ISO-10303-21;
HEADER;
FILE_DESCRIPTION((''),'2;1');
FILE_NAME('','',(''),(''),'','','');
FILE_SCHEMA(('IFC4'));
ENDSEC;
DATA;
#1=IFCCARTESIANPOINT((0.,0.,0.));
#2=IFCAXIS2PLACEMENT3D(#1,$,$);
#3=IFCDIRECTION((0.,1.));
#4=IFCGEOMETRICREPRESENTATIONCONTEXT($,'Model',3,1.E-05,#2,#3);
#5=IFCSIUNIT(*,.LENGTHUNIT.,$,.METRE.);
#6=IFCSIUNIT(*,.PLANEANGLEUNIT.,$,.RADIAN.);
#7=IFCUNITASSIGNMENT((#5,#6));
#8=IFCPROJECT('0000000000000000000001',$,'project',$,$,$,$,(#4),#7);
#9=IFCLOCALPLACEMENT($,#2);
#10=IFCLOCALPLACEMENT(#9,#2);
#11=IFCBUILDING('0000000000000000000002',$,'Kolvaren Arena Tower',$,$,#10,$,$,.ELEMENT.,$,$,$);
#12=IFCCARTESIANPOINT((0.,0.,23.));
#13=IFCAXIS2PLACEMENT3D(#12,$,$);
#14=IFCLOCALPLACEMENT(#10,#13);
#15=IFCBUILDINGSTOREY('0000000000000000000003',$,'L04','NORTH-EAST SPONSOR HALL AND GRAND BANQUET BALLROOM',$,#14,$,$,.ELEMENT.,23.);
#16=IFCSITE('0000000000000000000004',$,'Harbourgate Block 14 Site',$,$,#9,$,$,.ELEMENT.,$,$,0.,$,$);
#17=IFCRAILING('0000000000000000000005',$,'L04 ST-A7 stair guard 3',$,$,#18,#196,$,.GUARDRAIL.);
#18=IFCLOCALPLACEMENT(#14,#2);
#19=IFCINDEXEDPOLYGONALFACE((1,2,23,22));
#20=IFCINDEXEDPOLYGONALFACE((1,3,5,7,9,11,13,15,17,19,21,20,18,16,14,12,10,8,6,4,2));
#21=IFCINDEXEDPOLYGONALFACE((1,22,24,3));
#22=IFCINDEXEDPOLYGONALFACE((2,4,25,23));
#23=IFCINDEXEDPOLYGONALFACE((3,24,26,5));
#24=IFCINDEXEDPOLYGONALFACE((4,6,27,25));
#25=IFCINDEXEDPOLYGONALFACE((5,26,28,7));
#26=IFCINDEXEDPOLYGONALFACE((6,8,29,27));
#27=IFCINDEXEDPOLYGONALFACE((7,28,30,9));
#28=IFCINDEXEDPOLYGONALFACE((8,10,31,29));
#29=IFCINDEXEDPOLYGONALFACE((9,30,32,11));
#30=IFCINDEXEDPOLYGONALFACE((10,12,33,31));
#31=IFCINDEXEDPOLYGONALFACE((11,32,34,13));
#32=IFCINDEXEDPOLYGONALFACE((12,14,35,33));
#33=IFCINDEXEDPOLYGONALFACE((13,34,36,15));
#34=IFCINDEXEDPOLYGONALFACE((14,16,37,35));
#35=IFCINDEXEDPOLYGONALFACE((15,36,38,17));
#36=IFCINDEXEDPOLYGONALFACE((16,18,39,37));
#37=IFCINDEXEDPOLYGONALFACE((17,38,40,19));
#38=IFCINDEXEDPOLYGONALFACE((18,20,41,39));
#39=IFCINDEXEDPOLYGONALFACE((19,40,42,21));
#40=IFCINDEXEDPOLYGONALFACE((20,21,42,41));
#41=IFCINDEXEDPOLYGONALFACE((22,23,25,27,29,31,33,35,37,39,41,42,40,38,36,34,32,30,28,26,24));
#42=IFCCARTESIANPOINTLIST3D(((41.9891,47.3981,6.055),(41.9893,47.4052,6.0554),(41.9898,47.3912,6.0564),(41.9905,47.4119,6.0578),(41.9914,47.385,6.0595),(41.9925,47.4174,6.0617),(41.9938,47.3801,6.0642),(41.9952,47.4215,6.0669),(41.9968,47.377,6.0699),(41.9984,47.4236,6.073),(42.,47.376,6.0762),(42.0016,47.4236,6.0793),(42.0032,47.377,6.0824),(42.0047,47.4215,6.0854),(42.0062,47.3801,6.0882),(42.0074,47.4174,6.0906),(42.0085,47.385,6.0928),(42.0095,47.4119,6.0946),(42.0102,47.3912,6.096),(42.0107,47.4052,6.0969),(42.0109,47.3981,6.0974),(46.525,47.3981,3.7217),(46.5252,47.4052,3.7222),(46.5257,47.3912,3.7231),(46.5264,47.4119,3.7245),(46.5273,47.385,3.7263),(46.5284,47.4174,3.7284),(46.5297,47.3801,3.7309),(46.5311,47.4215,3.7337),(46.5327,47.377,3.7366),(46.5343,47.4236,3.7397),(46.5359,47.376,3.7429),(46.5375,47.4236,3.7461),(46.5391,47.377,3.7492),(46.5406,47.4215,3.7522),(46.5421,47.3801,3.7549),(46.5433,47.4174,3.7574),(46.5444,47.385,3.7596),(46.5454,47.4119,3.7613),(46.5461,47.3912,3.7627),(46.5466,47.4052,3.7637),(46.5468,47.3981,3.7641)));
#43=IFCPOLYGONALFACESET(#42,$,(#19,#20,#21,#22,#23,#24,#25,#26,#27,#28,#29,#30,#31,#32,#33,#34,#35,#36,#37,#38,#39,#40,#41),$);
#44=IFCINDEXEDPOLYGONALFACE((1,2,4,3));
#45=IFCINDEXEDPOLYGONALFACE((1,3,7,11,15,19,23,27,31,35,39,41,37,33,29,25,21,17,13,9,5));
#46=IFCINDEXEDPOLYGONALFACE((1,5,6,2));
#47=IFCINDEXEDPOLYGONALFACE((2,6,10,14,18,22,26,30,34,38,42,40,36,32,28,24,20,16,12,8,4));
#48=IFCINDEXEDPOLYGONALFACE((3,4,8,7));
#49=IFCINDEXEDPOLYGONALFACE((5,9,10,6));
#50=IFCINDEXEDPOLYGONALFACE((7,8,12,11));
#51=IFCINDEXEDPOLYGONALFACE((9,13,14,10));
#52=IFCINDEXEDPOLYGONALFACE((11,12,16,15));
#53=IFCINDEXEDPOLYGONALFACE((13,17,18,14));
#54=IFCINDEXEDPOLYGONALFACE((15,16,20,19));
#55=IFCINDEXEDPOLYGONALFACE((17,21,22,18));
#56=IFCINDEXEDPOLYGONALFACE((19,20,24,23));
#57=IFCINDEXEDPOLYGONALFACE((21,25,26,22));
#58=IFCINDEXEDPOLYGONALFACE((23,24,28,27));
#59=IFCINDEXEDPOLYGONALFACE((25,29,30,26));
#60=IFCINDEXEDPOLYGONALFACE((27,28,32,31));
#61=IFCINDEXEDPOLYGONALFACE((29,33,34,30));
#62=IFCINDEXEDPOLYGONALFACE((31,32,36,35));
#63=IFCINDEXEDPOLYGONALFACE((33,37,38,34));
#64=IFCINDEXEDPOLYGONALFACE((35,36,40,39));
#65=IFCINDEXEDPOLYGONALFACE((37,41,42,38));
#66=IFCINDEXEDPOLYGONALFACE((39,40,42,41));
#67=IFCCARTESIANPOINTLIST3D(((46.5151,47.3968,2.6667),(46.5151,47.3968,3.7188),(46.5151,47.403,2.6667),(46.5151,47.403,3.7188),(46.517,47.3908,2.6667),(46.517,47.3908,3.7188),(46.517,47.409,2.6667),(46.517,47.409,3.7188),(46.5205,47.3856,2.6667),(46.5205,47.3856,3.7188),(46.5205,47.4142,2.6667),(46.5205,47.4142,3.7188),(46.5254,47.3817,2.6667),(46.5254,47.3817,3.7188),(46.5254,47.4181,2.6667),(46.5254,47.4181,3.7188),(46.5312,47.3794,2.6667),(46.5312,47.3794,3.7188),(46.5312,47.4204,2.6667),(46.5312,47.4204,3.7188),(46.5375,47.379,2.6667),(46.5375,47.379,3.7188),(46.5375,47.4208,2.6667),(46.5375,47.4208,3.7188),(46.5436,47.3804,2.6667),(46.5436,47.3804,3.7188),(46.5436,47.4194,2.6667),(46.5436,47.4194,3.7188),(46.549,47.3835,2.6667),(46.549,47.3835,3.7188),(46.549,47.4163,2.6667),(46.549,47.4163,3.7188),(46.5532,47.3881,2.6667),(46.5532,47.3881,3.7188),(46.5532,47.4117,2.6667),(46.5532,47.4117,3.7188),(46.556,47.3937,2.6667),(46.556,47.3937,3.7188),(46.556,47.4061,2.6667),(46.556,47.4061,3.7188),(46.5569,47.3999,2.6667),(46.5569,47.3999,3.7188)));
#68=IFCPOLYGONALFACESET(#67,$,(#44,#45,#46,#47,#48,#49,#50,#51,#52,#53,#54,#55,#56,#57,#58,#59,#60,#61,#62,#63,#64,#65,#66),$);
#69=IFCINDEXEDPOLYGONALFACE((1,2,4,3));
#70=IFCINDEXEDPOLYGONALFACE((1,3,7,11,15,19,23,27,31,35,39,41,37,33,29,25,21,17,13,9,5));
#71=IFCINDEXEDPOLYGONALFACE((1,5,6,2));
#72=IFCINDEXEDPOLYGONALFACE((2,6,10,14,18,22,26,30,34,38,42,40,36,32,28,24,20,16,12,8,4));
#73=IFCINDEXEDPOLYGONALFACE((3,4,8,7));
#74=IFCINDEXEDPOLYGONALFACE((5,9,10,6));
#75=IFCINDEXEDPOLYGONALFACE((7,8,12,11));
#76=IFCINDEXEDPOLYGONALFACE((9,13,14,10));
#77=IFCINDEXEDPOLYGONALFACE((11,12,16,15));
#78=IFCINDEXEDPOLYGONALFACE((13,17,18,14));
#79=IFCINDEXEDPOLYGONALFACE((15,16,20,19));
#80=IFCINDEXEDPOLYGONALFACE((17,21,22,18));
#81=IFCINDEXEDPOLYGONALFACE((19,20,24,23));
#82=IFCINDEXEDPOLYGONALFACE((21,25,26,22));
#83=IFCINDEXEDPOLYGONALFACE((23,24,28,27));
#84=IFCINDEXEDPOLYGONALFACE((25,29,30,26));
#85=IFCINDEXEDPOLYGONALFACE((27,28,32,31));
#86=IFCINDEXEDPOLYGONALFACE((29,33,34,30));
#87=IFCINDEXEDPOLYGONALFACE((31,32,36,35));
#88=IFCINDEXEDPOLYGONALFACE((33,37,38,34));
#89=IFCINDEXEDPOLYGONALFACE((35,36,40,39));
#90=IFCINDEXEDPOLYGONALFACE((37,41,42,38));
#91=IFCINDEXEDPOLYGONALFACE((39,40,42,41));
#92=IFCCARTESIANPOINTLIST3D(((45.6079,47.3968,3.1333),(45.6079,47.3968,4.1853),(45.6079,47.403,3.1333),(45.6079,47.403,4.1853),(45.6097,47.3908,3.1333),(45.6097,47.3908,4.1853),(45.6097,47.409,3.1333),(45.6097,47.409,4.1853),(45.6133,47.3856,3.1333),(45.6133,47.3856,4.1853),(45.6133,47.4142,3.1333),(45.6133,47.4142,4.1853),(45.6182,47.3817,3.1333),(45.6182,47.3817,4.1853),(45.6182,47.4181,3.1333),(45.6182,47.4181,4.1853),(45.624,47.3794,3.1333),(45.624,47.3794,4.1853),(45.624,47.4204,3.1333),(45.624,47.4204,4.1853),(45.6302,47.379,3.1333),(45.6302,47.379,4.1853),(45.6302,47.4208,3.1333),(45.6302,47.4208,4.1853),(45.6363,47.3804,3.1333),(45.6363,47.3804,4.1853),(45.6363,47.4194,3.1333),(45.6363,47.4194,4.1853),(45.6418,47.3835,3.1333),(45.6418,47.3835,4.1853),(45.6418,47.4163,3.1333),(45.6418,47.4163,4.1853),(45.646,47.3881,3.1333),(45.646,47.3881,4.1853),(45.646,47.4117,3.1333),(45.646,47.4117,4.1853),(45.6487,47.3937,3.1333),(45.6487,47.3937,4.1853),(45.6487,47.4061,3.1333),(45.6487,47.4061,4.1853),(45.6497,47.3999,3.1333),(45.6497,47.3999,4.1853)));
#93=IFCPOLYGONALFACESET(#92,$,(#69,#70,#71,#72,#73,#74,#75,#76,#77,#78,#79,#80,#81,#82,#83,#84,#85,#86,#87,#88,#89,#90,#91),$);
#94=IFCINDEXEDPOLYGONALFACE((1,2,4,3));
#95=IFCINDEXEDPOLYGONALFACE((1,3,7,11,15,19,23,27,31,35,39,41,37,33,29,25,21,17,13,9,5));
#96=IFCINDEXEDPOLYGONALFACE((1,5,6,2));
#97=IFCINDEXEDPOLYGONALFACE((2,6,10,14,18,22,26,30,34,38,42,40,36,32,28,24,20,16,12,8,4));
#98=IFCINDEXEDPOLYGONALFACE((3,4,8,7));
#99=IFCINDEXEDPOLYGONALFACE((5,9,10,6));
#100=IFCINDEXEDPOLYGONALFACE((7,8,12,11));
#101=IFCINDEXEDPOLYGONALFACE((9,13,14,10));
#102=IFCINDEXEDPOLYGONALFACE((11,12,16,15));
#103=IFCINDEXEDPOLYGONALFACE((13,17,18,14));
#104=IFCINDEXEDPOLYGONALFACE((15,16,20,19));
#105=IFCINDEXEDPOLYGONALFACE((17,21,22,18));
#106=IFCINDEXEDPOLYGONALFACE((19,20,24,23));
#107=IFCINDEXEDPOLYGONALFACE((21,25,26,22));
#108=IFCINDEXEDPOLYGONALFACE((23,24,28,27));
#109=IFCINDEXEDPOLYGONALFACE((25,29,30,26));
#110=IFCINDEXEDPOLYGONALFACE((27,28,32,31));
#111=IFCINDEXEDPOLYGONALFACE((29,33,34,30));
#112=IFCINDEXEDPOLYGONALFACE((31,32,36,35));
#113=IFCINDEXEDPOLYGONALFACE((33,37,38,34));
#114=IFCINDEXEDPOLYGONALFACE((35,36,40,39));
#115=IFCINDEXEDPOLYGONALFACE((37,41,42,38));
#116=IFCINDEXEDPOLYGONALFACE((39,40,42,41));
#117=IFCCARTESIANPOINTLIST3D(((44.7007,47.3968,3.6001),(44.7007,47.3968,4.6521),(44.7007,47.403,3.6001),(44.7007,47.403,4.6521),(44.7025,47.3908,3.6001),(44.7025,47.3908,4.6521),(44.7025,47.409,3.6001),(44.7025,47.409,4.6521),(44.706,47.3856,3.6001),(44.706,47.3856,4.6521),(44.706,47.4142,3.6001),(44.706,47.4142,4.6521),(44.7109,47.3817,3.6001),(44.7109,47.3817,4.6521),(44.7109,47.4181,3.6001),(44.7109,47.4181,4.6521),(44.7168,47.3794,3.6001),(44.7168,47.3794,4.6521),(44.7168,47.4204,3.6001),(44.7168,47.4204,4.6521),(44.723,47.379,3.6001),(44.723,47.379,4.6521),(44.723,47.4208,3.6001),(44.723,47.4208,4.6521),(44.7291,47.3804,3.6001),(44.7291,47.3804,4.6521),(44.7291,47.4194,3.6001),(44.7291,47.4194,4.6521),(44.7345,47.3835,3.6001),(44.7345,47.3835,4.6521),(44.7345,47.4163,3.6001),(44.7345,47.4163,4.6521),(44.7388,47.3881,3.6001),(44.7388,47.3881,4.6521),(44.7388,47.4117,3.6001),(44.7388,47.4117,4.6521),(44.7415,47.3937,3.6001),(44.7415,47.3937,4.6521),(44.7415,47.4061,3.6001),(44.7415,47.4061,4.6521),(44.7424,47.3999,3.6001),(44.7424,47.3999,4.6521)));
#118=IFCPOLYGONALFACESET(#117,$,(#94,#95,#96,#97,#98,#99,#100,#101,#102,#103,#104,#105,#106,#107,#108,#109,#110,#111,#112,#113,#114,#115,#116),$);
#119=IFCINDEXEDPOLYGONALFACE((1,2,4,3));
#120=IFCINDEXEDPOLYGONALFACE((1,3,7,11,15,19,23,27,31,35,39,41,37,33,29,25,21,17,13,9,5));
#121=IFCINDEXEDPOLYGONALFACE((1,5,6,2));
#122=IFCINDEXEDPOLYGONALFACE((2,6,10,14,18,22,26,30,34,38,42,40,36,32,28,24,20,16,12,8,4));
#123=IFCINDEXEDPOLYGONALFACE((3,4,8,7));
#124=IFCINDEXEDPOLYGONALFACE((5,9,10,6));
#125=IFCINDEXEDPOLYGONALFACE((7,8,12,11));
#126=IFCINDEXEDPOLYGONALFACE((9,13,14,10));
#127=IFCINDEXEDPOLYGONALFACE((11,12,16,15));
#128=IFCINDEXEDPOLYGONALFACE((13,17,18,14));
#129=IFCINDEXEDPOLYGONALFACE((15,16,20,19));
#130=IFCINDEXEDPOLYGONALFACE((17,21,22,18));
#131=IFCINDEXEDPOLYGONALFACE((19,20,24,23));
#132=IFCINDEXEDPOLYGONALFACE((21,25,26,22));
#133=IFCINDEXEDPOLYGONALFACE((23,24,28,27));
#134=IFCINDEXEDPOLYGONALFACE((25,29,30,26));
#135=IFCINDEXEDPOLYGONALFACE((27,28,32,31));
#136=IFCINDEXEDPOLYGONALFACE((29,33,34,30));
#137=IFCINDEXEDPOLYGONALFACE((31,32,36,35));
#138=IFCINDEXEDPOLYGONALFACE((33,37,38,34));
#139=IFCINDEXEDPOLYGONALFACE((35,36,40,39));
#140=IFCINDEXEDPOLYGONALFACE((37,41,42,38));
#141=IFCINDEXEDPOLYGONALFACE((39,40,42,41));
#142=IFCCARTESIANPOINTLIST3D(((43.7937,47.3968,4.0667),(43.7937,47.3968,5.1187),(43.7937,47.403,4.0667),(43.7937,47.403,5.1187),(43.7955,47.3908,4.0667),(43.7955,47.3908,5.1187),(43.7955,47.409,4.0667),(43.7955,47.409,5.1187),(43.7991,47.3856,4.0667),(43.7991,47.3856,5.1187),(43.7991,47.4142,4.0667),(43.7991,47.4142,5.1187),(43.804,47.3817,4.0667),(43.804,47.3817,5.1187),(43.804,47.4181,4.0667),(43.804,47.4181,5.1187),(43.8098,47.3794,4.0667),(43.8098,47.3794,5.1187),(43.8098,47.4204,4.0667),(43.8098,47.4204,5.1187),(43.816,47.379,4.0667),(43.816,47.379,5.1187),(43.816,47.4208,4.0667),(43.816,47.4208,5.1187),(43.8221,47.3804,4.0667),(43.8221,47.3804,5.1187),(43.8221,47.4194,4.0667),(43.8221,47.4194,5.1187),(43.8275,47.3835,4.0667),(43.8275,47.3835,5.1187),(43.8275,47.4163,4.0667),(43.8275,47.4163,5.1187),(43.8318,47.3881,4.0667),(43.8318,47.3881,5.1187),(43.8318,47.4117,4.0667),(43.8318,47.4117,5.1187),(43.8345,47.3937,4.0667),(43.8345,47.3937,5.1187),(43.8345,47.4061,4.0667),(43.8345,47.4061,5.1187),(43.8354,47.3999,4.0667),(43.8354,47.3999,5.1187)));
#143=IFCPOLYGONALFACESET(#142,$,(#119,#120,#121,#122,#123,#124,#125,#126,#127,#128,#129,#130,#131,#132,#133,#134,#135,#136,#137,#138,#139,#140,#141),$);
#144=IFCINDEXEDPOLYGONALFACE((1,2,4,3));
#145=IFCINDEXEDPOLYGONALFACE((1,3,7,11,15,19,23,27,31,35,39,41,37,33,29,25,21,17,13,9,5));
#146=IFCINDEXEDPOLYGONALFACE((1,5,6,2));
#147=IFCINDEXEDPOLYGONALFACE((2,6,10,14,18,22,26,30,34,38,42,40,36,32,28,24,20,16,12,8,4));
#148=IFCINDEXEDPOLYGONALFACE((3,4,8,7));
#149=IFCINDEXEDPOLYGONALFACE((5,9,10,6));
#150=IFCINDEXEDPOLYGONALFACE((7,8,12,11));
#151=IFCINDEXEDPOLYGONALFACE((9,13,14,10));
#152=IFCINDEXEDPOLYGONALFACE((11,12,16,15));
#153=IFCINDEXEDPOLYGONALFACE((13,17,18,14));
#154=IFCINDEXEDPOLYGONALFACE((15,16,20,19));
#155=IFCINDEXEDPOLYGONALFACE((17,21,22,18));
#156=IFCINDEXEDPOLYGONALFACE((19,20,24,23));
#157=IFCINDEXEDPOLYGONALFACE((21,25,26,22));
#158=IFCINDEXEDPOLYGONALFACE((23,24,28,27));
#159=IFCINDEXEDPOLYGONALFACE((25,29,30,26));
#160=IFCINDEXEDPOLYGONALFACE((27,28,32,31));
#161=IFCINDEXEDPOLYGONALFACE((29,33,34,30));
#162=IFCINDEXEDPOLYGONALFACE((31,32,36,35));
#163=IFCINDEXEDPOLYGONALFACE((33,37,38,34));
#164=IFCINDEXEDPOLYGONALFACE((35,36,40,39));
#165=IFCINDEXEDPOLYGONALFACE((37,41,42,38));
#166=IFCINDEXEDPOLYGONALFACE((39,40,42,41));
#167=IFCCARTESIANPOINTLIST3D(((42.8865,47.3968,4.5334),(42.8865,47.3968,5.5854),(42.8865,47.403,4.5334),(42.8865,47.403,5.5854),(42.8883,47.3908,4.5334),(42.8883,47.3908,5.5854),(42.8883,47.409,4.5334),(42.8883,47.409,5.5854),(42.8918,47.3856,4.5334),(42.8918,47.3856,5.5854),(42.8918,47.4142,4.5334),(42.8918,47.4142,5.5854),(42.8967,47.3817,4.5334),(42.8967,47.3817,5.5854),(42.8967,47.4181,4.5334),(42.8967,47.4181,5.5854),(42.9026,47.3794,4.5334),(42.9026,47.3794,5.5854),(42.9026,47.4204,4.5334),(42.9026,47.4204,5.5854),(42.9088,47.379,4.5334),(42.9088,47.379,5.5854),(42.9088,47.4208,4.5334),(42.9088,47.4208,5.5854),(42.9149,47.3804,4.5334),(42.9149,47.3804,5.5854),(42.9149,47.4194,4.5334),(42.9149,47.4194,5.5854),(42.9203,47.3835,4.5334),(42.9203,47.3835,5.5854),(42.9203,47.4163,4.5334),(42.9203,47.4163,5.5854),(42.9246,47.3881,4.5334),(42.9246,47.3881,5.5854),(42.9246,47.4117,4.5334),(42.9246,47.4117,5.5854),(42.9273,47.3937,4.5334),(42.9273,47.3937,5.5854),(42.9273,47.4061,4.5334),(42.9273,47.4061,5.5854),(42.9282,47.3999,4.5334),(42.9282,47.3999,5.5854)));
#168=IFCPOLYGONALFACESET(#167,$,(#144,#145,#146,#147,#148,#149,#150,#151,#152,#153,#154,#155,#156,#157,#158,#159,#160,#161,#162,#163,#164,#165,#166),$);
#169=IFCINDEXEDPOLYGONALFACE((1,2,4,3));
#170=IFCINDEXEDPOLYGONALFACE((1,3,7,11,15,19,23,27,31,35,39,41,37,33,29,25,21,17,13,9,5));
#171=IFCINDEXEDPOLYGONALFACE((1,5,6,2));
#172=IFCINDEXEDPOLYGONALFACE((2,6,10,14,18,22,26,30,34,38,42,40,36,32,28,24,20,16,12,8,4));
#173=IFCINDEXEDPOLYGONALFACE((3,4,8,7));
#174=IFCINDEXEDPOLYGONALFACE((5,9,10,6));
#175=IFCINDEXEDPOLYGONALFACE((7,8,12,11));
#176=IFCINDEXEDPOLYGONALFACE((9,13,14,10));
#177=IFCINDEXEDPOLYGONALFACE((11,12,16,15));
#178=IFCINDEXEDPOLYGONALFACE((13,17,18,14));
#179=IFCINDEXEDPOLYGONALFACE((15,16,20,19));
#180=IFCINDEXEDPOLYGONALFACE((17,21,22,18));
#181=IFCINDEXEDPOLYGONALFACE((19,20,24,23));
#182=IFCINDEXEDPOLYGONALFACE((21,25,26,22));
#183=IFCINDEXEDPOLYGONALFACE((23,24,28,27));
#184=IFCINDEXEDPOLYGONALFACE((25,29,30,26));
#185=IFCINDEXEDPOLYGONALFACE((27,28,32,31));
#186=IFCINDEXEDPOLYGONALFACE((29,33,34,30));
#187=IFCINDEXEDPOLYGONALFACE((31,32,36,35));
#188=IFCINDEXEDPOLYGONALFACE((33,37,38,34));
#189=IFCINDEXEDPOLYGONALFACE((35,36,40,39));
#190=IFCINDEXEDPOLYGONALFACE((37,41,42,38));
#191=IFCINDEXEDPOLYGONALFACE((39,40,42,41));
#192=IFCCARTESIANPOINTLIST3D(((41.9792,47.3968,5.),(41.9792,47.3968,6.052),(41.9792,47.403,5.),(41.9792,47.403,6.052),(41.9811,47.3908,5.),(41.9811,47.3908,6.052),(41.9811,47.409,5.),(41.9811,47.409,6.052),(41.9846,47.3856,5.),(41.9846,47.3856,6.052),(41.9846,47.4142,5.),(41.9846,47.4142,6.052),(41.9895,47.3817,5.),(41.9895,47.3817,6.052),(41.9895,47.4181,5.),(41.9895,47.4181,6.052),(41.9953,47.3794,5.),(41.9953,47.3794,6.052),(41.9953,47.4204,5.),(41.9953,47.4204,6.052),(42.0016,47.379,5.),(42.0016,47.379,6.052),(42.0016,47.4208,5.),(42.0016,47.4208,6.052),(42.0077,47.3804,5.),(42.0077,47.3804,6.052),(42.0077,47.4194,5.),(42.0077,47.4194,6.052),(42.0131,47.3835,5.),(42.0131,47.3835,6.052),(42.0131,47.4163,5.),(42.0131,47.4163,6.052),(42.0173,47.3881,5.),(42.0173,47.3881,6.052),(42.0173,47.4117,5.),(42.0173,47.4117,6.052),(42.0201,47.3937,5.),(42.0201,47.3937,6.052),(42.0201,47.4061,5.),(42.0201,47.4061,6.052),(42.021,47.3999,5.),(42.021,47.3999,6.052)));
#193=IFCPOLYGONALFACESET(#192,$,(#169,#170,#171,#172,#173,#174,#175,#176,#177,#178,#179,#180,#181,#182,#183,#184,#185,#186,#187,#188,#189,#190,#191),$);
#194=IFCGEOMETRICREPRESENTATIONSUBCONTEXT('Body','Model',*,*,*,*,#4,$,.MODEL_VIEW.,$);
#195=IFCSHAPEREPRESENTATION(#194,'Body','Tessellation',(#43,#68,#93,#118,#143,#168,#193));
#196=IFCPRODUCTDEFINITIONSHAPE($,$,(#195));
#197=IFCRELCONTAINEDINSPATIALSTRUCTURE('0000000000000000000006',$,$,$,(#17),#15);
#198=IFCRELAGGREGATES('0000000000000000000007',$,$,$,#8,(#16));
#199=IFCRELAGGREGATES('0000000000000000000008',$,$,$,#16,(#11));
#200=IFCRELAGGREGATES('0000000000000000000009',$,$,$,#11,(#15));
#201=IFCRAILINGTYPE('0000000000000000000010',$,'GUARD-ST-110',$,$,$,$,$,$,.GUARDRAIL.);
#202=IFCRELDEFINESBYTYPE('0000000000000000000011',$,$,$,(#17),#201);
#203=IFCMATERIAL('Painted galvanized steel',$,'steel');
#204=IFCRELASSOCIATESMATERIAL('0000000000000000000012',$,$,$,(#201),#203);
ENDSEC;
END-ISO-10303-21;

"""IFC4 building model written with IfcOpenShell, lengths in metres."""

from ifc_helpers import new_model, si_unit, direction, frame, origin, origin_2d, place, context, subcontext, project, spatial, circle, extrude, material, type_object, element, save


model = new_model("IFC4")

# Units and contexts
model_context = context("Model", 3, precision=1e-05, world=origin(), true_north=direction((0.0, 1.0)))
body_context = subcontext(model_context, "Body", "Model", "MODEL_VIEW")
ifc_project = project(units=[si_unit("LENGTHUNIT", "METRE"), si_unit("PLANEANGLEUNIT", "RADIAN")], contexts=[model_context])

# Site, building, storey
site_placement = place(None, origin())
site = spatial("IfcSite", under=ifc_project, at=site_placement, Name="Harbourgate Block 14 Site", CompositionType="ELEMENT", RefElevation=0.0)
building_placement = place(site_placement, origin())
building = spatial("IfcBuilding", under=site, at=building_placement, Name="Kolvaren Arena Tower", CompositionType="ELEMENT")
storey_placement = place(building_placement, frame((0.0, 0.0, 23.0)))
storey = spatial("IfcBuildingStorey", under=building, at=storey_placement, Name="L04", Description="NORTH-EAST SPONSOR HALL AND GRAND BANQUET BALLROOM", CompositionType="ELEMENT", Elevation=23.0)

# Railing
ifc_material_1 = material(Name="Painted galvanized steel", Category="steel")
railing_type_1 = type_object("IfcRailingType", Name="GUARD-ST-110", PredefinedType="GUARDRAIL", material=ifc_material_1)
railing_1_placement = place(storey_placement, frame((46.5359, 47.3999, 2.6667)))
element("IfcRailing", 1, at=railing_1_placement, inside=storey, type_object=railing_type_1, Name="L04 ST-A7 stair guard 3", PredefinedType="GUARDRAIL", context=body_context, shape_type="SweptSolid", body=[
    extrude(circle(Radius=0.0239, at=origin_2d()), frame((0.0, 0.0, 1.0762), z_axis=(-0.889247, 0.0, 0.457427), x_axis=(0.0, -1.0, 0.0)), (0.0, 0.0, 1.0), 5.1008),
    extrude(circle(Radius=0.021, at=origin_2d()), origin(), (0.0, 0.0, 1.0), 1.052),
    extrude(circle(Radius=0.021, at=origin_2d()), frame((-0.9072, 0.0, 0.4666)), (0.0, 0.0, 1.0), 1.052),
    extrude(circle(Radius=0.021, at=origin_2d()), frame((-1.8145, 0.0, 0.9333)), (0.0, 0.0, 1.0), 1.052),
    extrude(circle(Radius=0.021, at=origin_2d()), frame((-2.7214, 0.0, 1.3999)), (0.0, 0.0, 1.0), 1.052),
    extrude(circle(Radius=0.021, at=origin_2d()), frame((-3.6287, 0.0, 1.8667)), (0.0, 0.0, 1.0), 1.052),
    extrude(circle(Radius=0.021, at=origin_2d()), frame((-4.5359, 0.0, 2.3333)), (0.0, 0.0, 1.0), 1.052),
])

save(model, "model.ifc")
